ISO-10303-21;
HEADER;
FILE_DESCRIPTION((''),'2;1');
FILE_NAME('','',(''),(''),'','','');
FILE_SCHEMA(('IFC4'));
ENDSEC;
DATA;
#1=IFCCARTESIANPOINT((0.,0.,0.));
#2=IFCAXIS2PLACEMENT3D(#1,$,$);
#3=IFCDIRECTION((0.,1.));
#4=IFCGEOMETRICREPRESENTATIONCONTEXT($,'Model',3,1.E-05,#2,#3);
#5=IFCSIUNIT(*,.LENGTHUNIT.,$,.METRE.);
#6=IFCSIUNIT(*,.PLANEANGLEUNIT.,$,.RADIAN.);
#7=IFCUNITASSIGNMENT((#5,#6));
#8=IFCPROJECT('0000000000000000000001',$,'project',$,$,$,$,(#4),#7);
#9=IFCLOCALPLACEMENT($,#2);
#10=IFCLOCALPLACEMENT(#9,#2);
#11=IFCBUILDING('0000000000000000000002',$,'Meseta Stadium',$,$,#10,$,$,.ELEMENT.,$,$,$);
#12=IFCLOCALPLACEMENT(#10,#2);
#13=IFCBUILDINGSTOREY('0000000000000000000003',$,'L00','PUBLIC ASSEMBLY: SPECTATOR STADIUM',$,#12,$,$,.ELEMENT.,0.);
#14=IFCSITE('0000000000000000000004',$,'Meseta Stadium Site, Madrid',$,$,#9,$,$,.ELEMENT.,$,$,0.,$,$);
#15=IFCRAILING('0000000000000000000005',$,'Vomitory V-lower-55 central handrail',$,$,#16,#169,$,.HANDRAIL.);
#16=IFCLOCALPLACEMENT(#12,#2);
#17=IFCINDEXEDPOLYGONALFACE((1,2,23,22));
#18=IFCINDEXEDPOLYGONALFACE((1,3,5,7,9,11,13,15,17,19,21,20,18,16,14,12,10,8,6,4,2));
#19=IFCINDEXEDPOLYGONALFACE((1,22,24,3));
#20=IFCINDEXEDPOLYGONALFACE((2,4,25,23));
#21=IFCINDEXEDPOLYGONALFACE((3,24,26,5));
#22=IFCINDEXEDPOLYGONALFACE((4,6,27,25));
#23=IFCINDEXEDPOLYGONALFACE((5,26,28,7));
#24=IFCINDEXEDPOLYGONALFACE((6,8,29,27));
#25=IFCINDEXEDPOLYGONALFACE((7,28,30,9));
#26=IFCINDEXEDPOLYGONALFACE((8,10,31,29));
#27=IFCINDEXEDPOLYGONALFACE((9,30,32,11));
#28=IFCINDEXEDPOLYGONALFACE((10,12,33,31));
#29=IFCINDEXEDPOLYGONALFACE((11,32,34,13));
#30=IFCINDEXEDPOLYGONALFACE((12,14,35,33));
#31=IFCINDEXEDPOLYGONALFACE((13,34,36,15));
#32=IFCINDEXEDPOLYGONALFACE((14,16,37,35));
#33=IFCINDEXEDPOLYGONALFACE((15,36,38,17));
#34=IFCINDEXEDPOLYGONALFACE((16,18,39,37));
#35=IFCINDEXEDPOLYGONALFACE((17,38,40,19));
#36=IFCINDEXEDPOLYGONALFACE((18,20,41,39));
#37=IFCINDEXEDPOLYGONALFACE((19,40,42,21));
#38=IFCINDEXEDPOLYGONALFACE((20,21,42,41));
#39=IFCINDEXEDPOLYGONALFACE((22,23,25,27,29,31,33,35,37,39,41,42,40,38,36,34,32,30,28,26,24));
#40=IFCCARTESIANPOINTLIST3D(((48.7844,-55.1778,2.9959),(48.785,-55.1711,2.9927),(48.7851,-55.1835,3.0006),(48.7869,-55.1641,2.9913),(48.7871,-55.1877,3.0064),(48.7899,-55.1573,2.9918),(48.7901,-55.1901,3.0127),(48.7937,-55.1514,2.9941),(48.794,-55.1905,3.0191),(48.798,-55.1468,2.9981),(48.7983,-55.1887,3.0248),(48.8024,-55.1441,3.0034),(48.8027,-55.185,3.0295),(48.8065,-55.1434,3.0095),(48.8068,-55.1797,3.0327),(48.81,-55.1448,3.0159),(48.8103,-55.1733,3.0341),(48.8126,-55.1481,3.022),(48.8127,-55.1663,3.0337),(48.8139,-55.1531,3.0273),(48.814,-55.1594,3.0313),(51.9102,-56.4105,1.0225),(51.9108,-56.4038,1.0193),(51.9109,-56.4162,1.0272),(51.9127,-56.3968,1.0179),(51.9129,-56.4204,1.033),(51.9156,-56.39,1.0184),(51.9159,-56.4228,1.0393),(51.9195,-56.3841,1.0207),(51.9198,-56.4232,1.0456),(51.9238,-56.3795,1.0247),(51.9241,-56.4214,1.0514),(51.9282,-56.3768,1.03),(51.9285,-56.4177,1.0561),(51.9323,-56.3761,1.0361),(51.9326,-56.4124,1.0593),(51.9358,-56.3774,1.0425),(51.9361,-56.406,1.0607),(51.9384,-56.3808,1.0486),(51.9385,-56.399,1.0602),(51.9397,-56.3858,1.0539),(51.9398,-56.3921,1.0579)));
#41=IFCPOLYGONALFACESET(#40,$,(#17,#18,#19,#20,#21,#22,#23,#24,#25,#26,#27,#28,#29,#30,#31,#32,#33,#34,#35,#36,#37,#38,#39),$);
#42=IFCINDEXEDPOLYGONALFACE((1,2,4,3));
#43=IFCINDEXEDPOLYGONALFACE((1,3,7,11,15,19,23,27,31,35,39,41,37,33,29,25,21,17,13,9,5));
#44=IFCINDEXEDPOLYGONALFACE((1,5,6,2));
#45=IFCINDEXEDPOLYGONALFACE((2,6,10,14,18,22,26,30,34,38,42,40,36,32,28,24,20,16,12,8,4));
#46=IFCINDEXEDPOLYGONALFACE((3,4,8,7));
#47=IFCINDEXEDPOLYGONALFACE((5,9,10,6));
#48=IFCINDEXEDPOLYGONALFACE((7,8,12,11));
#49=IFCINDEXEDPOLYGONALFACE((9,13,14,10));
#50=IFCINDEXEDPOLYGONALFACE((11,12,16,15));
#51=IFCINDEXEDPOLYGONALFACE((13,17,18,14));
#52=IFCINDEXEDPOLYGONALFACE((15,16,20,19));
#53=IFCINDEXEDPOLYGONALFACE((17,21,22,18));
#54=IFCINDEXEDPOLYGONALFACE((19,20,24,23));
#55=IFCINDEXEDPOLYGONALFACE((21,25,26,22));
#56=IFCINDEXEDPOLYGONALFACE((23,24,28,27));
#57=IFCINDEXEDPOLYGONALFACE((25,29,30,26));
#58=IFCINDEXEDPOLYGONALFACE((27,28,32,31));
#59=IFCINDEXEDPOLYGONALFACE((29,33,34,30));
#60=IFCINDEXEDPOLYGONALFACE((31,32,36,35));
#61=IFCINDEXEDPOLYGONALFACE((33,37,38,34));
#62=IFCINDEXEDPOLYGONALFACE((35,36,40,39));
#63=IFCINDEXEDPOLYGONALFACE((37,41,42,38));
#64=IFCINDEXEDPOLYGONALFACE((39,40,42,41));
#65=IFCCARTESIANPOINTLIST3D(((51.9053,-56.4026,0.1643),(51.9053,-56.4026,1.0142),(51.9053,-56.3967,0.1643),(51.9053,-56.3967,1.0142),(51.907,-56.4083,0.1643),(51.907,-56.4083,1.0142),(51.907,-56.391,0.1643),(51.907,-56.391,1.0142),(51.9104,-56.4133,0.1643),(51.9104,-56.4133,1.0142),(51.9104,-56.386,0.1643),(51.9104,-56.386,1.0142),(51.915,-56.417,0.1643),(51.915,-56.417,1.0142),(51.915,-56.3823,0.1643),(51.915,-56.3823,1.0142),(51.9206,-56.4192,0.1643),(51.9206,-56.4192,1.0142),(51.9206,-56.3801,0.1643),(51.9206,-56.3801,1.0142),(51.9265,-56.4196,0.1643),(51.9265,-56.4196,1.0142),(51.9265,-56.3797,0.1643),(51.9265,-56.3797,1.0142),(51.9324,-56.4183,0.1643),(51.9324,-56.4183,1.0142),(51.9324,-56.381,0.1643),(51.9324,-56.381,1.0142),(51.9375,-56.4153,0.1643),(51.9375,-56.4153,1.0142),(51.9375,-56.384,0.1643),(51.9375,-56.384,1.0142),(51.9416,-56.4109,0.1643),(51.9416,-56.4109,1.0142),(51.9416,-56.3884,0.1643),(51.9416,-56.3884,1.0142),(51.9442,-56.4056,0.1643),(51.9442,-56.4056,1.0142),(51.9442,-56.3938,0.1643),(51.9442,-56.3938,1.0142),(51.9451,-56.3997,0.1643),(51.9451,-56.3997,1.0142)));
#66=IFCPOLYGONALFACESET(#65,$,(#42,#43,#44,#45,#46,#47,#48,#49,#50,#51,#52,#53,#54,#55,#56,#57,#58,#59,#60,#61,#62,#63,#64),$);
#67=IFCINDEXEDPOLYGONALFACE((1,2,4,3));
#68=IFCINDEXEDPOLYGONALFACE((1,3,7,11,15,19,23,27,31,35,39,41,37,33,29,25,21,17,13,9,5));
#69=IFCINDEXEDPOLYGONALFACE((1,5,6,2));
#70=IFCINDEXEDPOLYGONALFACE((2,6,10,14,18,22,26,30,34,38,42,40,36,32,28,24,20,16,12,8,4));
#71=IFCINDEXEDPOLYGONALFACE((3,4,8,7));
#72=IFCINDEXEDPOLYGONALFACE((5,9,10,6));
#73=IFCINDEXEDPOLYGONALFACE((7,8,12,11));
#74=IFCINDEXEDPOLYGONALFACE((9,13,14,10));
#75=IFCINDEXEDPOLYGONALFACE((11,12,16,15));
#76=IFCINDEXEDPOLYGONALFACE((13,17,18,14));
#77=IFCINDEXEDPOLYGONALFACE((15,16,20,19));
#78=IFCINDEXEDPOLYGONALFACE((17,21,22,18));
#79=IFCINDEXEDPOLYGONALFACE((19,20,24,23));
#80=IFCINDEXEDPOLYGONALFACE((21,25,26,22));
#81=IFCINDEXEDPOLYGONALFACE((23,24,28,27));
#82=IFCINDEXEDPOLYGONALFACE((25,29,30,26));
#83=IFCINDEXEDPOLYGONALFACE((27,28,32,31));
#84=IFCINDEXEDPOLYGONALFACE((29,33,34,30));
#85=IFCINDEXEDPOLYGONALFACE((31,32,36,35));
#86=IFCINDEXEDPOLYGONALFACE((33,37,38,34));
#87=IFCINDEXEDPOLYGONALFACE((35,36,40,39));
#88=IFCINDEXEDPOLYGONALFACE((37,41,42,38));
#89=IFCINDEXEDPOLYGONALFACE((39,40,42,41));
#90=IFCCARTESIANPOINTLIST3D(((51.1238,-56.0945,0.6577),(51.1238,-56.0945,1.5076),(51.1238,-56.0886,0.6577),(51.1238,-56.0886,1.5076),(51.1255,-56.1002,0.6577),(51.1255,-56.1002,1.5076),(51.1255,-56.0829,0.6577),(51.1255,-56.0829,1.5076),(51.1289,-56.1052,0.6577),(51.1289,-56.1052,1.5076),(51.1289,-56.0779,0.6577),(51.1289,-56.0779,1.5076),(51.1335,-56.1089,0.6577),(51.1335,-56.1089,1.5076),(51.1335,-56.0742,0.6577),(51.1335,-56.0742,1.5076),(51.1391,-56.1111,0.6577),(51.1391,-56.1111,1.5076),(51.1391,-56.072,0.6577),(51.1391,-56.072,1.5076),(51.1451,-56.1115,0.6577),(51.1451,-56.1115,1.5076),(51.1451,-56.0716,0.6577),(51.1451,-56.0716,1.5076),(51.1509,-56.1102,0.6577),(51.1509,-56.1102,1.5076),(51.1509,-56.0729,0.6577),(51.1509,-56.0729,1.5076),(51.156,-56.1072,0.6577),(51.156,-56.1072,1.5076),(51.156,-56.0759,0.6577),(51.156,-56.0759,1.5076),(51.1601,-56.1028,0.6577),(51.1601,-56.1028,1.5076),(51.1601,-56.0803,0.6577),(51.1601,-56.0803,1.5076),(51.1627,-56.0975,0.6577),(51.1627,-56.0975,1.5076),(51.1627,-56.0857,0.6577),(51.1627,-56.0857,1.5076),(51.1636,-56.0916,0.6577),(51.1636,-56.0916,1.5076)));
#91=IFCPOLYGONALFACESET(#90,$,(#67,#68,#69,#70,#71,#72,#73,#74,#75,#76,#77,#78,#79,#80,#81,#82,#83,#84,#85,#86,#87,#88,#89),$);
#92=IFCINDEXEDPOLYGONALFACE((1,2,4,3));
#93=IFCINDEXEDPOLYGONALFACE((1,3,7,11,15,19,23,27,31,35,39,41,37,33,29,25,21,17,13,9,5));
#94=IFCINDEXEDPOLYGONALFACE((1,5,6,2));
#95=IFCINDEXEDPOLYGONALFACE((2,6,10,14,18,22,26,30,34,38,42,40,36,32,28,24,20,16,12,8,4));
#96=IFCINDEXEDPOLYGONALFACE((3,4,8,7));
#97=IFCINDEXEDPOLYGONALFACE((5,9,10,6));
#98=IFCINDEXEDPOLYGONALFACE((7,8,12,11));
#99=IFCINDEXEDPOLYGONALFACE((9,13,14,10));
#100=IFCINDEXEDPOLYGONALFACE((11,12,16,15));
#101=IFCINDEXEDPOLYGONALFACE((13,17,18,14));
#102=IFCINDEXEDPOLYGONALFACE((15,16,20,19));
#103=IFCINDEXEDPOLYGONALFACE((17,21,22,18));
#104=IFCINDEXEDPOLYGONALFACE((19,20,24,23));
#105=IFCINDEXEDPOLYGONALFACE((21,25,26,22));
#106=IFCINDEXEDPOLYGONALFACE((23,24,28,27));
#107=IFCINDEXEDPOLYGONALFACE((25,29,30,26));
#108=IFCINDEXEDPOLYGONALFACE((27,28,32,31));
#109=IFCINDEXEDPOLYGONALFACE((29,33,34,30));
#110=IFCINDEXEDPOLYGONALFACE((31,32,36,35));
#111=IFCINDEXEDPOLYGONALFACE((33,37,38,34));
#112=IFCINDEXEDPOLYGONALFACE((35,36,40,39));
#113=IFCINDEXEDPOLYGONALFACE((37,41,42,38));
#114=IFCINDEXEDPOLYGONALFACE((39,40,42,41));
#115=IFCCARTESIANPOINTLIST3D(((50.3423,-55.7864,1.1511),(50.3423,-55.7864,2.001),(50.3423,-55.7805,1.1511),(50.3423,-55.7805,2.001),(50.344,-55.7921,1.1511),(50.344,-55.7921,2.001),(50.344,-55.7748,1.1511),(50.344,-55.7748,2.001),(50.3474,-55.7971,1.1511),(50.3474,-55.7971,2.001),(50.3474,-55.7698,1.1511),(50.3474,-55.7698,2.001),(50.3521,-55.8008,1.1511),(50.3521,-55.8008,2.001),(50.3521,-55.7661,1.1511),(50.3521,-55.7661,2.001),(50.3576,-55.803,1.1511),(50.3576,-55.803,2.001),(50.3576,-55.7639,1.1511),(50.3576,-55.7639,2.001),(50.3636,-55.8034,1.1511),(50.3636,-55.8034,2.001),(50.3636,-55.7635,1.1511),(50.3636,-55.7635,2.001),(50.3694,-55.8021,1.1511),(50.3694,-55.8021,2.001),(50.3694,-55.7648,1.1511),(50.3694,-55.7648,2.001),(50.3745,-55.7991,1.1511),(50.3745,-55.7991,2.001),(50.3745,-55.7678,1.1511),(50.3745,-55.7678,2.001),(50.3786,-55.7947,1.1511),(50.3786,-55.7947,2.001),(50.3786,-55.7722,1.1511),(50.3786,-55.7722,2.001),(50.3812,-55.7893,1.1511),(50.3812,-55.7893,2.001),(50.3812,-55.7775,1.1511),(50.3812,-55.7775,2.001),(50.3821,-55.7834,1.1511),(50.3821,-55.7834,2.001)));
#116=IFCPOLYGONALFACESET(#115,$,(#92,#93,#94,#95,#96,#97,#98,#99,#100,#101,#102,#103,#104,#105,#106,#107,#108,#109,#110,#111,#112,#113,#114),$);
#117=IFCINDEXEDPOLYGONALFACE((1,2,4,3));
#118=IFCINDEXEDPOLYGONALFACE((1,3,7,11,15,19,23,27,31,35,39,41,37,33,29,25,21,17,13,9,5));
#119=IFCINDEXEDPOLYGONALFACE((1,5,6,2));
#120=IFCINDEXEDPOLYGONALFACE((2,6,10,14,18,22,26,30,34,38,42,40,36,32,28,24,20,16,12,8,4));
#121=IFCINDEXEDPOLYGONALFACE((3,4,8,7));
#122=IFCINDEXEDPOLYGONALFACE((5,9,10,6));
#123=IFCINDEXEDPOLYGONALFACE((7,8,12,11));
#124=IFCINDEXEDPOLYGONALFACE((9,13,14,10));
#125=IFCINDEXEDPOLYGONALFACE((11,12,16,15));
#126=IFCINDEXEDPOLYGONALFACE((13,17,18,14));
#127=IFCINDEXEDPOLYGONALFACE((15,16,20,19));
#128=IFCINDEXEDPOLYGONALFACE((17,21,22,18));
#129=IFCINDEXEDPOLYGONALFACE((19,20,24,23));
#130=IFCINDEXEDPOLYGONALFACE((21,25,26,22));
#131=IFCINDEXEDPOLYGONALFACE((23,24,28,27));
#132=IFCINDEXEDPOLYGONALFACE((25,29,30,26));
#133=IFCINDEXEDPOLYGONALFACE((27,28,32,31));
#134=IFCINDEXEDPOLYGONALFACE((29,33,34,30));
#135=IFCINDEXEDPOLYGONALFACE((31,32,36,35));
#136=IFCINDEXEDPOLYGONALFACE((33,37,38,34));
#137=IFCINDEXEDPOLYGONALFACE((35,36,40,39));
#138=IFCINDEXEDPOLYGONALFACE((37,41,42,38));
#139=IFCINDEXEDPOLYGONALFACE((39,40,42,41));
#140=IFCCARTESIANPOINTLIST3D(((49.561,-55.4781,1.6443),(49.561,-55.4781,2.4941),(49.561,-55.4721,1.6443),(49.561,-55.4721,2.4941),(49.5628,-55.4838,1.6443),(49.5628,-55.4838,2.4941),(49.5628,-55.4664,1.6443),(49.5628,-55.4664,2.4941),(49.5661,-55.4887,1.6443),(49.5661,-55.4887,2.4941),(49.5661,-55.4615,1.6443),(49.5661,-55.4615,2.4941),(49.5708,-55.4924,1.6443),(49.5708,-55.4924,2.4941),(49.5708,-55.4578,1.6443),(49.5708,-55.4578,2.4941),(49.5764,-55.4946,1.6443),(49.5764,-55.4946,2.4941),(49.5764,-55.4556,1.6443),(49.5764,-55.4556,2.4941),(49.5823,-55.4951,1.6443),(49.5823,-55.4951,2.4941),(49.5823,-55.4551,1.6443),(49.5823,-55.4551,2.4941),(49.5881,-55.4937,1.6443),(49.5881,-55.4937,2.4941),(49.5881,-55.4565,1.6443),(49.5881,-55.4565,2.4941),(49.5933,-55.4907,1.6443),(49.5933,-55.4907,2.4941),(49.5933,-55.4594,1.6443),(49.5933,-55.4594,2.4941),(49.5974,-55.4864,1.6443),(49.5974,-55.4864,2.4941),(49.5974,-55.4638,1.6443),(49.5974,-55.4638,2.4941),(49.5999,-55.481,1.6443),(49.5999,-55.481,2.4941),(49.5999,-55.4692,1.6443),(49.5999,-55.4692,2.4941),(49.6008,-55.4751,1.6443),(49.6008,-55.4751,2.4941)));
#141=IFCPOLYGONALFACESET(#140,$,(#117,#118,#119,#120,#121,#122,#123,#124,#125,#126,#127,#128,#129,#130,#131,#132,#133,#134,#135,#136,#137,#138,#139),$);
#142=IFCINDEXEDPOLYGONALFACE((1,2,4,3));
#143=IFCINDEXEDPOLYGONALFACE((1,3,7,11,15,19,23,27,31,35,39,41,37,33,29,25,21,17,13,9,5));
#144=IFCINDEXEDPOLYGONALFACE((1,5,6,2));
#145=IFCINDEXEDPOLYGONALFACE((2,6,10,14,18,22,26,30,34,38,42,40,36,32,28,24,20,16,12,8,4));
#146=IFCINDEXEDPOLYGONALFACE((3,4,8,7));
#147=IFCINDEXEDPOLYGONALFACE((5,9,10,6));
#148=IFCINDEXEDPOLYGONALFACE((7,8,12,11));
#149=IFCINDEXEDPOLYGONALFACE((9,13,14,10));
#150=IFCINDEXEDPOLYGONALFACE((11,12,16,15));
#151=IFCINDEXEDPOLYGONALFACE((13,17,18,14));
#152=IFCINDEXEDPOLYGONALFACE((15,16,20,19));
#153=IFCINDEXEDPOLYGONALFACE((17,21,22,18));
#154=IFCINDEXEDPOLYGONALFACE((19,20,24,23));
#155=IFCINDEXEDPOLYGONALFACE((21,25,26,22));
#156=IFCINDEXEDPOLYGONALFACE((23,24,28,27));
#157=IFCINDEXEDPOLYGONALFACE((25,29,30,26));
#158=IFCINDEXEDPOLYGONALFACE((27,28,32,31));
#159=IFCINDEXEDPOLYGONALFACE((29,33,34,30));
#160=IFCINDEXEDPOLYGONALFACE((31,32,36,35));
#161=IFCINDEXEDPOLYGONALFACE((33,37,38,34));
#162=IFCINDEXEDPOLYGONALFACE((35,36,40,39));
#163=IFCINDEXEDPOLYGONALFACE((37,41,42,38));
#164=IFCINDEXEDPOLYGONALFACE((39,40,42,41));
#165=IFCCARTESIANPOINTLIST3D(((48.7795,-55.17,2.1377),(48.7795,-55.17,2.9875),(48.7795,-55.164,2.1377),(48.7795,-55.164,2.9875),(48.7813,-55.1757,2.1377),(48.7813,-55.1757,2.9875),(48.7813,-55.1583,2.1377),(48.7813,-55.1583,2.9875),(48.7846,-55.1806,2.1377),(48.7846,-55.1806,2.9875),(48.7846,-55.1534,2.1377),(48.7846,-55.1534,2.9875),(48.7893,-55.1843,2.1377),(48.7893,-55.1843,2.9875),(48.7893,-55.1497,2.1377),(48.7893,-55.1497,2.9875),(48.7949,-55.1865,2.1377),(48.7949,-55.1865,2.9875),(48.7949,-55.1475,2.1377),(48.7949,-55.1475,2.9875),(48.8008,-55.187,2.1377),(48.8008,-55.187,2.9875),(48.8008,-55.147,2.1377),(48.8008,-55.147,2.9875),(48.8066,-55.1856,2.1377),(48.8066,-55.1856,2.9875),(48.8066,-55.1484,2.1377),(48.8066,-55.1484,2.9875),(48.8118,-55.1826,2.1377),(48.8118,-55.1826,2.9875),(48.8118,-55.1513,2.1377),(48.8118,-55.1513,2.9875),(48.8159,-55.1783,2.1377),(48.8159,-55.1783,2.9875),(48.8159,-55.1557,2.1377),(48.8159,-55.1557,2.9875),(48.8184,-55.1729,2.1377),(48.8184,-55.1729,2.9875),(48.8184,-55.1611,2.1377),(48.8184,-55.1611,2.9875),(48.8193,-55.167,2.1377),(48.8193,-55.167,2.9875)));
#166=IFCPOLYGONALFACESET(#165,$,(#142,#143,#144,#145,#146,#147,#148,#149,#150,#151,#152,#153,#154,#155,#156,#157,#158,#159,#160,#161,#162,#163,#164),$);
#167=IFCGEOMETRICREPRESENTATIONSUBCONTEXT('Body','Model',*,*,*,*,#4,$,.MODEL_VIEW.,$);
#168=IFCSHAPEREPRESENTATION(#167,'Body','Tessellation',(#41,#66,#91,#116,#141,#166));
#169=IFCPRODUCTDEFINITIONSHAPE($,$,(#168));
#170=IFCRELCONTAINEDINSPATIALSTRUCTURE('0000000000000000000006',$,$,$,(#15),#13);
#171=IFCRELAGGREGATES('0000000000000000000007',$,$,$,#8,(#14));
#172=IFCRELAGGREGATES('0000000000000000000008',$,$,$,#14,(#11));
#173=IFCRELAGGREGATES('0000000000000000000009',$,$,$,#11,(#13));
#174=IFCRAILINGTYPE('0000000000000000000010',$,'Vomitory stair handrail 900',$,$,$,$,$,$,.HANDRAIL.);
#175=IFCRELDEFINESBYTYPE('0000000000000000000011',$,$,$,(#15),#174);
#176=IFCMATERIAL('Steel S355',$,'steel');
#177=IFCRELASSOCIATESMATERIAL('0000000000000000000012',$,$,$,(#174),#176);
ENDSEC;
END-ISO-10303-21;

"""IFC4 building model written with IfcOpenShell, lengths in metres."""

from ifc_helpers import new_model, si_unit, direction, frame, origin, origin_2d, place, context, subcontext, project, spatial, circle, extrude, material, type_object, element, save


model = new_model("IFC4")

# Units and contexts
model_context = context("Model", 3, precision=1e-05, world=origin(), true_north=direction((0.0, 1.0)))
body_context = subcontext(model_context, "Body", "Model", "MODEL_VIEW")
ifc_project = project(units=[si_unit("LENGTHUNIT", "METRE"), si_unit("PLANEANGLEUNIT", "RADIAN")], contexts=[model_context])

# Site, building, storey
site_placement = place(None, origin())
site = spatial("IfcSite", under=ifc_project, at=site_placement, Name="Meseta Stadium Site, Madrid", CompositionType="ELEMENT", RefElevation=0.0)
building_placement = place(site_placement, origin())
building = spatial("IfcBuilding", under=site, at=building_placement, Name="Meseta Stadium", CompositionType="ELEMENT")
storey_placement = place(building_placement, origin())
storey = spatial("IfcBuildingStorey", under=building, at=storey_placement, Name="L00", Description="PUBLIC ASSEMBLY: SPECTATOR STADIUM", CompositionType="ELEMENT", Elevation=0.0)

# Railing
ifc_material_1 = material(Name="Steel S355", Category="steel")
railing_type_1 = type_object("IfcRailingType", Name="Vomitory stair handrail 900", PredefinedType="HANDRAIL", material=ifc_material_1)
railing_1_placement = place(storey_placement, frame((51.925, -56.3997, 0.1643)))
element("IfcRailing", 1, at=railing_1_placement, inside=storey, type_object=railing_type_1, Name="Vomitory V-lower-55 central handrail", PredefinedType="HANDRAIL", context=body_context, shape_type="SweptSolid", body=[
    extrude(circle(Radius=0.0249, at=origin_2d()), frame((0.0, 0.0, 0.875), z_axis=(-0.802158, 0.316339, 0.506431), x_axis=(-0.366864, -0.930275, 0.0)), (0.0, 0.0, 1.0), 3.8967),
    extrude(circle(Radius=0.02, at=origin_2d()), origin(), (0.0, 0.0, 1.0), 0.8499),
    extrude(circle(Radius=0.02, at=origin_2d()), frame((-0.7815, 0.3081, 0.4934)), (0.0, 0.0, 1.0), 0.8499),
    extrude(circle(Radius=0.02, at=origin_2d()), frame((-1.563, 0.6162, 0.9868)), (0.0, 0.0, 1.0), 0.8499),
    extrude(circle(Radius=0.02, at=origin_2d()), frame((-2.3442, 0.9246, 1.48)), (0.0, 0.0, 1.0), 0.8499),
    extrude(circle(Radius=0.02, at=origin_2d()), frame((-3.1257, 1.2327, 1.9734)), (0.0, 0.0, 1.0), 0.8499),
])

save(model, "model.ifc")
